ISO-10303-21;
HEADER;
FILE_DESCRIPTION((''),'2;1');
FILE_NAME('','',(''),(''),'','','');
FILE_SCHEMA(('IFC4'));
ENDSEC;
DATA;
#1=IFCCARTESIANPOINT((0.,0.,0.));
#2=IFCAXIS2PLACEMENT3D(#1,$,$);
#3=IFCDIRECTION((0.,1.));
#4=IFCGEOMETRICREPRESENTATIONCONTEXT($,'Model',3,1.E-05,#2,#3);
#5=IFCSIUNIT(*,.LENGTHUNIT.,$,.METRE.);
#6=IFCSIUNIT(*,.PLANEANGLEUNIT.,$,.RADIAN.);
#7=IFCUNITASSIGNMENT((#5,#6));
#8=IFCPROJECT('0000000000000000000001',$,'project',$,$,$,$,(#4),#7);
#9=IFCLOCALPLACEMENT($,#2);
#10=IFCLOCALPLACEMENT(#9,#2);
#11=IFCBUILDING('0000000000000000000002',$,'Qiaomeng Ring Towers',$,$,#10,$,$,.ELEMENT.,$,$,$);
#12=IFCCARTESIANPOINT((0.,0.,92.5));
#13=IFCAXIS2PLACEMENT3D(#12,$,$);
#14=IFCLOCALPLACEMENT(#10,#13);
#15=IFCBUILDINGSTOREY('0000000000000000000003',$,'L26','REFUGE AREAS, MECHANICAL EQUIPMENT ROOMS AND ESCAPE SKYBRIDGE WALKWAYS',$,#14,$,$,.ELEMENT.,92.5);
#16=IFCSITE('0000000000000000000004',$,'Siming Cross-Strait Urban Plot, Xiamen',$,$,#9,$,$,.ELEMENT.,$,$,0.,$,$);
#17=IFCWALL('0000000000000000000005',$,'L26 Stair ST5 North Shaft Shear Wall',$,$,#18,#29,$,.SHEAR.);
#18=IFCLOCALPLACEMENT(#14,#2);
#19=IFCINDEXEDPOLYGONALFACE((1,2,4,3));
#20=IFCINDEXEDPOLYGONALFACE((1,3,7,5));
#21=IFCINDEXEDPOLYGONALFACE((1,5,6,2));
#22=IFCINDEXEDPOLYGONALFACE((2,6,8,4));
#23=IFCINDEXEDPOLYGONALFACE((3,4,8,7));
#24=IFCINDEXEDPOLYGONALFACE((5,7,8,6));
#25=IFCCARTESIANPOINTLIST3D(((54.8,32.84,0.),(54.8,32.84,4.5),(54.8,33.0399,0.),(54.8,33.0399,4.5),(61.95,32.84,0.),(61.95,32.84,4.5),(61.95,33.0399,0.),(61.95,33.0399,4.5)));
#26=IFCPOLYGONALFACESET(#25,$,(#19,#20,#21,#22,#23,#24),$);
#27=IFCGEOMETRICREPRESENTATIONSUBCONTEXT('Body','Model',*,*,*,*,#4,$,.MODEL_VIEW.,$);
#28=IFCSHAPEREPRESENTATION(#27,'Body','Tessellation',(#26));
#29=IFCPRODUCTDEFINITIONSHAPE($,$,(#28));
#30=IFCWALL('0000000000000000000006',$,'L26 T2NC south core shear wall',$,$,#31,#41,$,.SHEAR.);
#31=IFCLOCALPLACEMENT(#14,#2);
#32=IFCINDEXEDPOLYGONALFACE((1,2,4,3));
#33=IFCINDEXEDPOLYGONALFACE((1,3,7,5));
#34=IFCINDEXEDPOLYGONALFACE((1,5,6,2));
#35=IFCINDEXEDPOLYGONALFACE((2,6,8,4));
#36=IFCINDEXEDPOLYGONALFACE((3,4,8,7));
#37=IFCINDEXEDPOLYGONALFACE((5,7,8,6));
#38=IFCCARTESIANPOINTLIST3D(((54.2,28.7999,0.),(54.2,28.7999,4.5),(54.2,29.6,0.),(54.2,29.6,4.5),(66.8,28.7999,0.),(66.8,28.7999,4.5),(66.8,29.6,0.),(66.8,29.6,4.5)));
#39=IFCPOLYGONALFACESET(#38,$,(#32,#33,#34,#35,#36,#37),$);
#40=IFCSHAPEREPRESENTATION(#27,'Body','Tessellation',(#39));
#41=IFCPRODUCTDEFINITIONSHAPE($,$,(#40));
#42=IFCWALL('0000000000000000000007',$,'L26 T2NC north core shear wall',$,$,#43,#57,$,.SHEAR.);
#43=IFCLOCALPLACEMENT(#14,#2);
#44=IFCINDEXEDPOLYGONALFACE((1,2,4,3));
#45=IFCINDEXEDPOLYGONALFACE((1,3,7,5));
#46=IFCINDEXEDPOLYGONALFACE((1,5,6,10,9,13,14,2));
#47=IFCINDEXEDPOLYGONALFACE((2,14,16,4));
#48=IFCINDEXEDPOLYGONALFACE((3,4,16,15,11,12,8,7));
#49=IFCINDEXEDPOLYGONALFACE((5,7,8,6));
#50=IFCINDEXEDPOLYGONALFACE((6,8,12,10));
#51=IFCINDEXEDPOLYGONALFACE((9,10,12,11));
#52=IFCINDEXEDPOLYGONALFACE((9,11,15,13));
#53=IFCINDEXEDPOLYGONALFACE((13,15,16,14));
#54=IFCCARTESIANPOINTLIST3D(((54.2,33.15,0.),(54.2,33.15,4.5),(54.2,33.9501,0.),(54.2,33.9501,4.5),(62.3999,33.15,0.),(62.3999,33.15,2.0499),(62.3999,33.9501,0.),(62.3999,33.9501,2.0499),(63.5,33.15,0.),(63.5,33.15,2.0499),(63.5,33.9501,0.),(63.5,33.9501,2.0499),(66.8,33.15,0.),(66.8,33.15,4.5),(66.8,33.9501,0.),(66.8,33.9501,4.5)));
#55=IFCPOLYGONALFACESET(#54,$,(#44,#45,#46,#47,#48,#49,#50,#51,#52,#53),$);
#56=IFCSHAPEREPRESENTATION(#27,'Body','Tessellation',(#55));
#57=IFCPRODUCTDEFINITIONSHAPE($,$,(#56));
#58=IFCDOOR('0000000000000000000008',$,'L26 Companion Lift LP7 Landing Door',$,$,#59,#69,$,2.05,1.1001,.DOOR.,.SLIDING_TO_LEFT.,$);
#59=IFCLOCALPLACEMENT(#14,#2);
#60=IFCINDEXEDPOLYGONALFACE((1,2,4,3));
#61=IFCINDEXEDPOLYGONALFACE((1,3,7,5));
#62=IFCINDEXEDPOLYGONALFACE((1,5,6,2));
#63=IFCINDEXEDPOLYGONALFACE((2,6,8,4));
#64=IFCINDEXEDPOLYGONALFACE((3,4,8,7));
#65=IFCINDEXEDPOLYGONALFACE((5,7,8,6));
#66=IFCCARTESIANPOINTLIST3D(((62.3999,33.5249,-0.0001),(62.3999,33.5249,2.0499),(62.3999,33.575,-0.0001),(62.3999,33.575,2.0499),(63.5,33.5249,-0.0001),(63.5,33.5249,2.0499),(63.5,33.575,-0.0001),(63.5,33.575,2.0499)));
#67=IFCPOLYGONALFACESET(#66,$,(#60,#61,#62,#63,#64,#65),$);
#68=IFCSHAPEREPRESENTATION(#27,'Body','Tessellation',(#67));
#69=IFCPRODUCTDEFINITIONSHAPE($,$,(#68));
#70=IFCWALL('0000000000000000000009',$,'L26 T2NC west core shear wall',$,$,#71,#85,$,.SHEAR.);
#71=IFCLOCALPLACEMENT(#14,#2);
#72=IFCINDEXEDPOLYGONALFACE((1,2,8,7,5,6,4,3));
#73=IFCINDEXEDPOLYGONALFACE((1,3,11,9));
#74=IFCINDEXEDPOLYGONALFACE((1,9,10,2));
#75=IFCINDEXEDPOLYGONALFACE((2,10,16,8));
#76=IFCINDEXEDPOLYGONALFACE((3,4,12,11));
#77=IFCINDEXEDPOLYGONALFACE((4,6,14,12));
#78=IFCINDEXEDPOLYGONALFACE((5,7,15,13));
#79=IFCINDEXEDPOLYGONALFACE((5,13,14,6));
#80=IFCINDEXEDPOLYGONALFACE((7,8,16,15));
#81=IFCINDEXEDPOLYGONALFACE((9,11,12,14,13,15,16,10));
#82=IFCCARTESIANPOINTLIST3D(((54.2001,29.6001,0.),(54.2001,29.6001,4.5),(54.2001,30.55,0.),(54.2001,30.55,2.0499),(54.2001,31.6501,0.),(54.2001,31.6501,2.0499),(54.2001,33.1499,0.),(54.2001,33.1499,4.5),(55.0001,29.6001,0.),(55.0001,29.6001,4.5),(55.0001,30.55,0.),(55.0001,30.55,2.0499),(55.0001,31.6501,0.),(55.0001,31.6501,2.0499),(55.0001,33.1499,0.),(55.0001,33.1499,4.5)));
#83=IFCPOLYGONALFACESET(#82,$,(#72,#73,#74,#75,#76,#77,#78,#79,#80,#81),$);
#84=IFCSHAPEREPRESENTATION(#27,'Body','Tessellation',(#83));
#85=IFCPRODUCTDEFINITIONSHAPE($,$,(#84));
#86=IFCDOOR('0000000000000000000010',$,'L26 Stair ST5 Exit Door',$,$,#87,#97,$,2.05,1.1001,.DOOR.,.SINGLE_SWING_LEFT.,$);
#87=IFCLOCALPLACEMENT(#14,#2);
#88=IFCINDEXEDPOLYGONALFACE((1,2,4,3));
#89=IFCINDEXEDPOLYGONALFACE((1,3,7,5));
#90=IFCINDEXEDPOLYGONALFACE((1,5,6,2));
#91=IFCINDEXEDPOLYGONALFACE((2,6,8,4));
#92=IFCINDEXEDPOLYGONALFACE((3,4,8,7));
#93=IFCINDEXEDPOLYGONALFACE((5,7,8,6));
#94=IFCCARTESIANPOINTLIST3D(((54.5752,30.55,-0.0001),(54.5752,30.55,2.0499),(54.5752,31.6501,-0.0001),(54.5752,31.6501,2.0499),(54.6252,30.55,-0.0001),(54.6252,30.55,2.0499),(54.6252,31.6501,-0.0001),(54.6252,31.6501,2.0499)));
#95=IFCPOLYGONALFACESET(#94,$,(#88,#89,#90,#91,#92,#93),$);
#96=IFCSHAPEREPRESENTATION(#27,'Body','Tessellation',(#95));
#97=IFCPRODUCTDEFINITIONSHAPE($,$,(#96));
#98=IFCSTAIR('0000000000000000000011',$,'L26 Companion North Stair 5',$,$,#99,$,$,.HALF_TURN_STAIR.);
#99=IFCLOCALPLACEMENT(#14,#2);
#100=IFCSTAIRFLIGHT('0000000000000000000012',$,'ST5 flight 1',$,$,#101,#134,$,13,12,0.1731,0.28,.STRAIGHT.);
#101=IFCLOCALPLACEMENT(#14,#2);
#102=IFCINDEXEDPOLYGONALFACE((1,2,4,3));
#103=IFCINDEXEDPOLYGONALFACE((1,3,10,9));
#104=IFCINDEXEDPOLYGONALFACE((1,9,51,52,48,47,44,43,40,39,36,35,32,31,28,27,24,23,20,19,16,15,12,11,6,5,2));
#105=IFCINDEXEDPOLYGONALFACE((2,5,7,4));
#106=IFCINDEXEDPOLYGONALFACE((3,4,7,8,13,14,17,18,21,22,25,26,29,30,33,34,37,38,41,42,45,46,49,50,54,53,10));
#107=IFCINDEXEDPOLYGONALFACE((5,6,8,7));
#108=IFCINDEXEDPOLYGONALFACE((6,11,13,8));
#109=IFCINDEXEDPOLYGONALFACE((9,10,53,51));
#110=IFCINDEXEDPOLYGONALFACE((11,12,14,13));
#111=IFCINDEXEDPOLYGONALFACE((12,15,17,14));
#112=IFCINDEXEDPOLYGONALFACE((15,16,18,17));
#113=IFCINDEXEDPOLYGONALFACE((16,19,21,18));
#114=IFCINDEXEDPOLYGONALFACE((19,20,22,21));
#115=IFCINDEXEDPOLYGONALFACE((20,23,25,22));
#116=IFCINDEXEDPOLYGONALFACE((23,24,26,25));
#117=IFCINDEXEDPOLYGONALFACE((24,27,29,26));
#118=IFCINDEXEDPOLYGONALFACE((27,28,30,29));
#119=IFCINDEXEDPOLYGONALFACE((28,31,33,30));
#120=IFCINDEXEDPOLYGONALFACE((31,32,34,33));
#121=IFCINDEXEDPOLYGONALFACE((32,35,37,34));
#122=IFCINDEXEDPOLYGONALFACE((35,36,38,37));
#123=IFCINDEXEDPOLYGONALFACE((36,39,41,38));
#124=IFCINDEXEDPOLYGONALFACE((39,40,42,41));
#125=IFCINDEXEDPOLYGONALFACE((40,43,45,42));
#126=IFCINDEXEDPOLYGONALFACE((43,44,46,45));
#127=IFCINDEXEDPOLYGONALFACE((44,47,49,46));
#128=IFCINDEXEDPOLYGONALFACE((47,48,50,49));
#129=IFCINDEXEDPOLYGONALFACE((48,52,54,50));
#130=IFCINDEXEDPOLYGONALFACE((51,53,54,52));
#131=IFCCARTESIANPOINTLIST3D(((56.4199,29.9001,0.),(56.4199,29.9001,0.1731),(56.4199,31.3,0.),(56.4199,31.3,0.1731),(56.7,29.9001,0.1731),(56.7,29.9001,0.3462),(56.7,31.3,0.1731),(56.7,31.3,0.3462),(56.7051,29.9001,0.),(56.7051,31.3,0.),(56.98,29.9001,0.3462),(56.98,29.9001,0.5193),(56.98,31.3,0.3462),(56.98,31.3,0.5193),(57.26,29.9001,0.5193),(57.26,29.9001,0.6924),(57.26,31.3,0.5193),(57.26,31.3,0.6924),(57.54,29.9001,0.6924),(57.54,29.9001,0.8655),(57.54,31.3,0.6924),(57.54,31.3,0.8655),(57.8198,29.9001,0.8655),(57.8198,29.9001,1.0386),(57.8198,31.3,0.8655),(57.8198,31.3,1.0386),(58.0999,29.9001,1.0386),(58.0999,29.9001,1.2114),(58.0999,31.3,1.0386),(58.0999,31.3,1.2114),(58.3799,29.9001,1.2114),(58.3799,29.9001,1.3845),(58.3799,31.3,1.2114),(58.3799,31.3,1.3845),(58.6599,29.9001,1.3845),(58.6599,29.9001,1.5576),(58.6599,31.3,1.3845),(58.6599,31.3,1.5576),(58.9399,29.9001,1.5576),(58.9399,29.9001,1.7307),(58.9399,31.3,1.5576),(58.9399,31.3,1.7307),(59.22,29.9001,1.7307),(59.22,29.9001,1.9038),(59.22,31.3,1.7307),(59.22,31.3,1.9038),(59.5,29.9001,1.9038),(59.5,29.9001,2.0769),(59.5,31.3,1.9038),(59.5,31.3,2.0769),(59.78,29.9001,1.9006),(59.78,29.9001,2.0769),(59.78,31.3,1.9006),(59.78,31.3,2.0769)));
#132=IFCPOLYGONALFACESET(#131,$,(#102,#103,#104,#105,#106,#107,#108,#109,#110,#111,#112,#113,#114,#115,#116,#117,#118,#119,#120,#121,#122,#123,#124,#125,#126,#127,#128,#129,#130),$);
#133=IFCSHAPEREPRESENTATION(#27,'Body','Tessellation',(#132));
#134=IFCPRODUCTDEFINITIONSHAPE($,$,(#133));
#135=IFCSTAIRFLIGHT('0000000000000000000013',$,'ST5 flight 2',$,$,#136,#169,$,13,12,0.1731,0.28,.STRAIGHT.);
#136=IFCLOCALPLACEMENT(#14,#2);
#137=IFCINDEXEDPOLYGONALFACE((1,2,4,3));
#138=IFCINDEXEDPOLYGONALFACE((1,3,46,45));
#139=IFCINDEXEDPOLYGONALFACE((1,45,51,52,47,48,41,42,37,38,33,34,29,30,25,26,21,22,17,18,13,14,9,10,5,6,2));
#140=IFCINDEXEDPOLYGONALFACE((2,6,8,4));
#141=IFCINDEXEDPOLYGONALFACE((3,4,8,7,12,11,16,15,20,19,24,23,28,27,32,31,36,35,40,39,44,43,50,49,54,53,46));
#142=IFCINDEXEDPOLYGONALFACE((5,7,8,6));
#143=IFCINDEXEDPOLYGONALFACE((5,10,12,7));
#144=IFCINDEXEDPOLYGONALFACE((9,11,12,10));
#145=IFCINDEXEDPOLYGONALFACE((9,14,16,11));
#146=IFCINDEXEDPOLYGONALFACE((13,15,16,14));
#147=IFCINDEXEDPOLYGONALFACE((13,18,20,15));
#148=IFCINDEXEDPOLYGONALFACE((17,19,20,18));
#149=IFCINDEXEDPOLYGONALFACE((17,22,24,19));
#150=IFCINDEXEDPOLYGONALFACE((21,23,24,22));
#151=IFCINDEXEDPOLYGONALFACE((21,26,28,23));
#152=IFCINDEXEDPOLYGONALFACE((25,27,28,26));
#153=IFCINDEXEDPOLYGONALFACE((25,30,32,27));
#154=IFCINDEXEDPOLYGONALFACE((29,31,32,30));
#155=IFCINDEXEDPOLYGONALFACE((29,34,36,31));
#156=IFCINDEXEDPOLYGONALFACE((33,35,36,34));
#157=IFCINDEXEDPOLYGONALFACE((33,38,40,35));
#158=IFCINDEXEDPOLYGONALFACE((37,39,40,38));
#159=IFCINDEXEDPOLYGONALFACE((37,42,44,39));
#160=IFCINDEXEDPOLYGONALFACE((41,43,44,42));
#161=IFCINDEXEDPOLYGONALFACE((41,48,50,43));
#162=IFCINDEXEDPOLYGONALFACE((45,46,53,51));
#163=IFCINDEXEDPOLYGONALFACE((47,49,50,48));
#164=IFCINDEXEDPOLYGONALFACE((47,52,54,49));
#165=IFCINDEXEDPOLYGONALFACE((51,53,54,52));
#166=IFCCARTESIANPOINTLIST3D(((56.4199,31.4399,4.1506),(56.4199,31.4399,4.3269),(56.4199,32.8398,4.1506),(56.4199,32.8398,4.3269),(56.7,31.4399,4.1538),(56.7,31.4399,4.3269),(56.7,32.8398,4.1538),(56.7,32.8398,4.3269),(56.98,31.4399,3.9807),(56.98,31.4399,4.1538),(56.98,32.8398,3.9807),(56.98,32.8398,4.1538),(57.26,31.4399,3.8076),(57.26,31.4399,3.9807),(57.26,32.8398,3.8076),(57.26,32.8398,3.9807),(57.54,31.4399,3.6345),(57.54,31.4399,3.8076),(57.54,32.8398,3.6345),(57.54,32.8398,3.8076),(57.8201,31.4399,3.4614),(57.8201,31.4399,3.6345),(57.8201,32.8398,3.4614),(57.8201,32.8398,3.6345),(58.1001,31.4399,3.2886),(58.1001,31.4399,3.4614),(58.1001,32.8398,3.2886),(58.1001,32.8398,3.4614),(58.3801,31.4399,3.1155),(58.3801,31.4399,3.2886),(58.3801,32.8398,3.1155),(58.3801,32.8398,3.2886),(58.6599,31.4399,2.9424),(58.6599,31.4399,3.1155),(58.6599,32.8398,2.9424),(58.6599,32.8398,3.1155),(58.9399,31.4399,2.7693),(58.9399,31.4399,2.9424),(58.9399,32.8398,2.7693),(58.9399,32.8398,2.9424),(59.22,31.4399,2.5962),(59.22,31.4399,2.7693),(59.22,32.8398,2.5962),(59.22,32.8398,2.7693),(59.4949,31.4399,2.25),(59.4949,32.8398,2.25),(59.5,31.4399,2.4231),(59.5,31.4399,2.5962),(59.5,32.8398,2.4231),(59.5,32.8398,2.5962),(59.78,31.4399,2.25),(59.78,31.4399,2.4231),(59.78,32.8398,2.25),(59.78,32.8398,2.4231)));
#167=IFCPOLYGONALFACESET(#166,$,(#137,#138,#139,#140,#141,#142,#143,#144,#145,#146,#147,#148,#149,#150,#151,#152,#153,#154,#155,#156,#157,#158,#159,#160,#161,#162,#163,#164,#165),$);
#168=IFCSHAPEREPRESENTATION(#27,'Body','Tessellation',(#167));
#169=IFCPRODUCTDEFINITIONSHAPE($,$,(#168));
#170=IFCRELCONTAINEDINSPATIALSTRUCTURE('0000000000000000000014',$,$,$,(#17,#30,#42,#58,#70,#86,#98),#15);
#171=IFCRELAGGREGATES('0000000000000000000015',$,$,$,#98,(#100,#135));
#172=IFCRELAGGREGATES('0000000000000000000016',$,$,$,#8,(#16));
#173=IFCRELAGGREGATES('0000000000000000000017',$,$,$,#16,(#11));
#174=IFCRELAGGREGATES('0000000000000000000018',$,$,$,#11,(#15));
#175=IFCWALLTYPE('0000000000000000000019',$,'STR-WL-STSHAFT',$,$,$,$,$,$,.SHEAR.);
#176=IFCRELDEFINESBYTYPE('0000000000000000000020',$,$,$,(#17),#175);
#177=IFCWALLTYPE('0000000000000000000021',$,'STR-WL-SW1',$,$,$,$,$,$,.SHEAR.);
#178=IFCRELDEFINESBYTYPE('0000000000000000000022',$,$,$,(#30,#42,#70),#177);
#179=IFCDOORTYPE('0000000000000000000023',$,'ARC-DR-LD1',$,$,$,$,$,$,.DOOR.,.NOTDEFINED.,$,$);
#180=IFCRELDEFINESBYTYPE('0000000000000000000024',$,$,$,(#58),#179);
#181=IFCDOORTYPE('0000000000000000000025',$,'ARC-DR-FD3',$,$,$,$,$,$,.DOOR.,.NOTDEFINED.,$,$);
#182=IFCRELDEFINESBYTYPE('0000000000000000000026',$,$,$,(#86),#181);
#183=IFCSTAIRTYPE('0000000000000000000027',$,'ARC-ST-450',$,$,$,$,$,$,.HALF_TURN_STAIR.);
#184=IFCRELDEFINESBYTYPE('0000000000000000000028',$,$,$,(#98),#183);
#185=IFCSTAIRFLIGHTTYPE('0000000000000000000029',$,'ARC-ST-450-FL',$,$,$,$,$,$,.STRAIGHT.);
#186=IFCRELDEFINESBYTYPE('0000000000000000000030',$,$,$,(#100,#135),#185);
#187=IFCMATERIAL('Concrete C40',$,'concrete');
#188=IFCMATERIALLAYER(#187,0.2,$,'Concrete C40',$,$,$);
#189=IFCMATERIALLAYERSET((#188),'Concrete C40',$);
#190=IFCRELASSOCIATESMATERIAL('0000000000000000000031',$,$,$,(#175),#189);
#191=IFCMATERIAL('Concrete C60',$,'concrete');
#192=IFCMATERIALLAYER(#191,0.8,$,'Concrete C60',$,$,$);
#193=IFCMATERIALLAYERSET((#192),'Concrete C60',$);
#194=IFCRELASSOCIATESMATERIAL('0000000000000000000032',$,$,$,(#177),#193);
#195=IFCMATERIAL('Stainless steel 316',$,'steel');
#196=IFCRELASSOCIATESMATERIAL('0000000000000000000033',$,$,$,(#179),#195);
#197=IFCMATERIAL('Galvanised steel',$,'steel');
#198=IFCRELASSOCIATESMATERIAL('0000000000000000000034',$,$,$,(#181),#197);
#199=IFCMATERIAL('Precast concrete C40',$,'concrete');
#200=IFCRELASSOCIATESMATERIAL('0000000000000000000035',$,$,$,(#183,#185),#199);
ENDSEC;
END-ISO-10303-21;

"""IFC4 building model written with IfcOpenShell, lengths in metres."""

from ifc_helpers import new_model, si_unit, direction, frame, frame_2d, origin, place, context, subcontext, project, spatial, polyline, rectangle, outline, extrude, source, transform, mapped, material, layer, layer_set, type_object, element, fill, aggregate, save


model = new_model("IFC4")

# Units and contexts
model_context = context("Model", 3, precision=1e-05, world=origin(), true_north=direction((0.0, 1.0)))
body_context = subcontext(model_context, "Body", "Model", "MODEL_VIEW")
ifc_project = project(units=[si_unit("LENGTHUNIT", "METRE"), si_unit("PLANEANGLEUNIT", "RADIAN")], contexts=[model_context])

# Site, building, storey
site_placement = place(None, origin())
site = spatial("IfcSite", under=ifc_project, at=site_placement, Name="Siming Cross-Strait Urban Plot, Xiamen", CompositionType="ELEMENT", RefElevation=0.0)
building_placement = place(site_placement, origin())
building = spatial("IfcBuilding", under=site, at=building_placement, Name="Qiaomeng Ring Towers", CompositionType="ELEMENT")
storey_placement = place(building_placement, frame((0.0, 0.0, 92.5)))
storey = spatial("IfcBuildingStorey", under=building, at=storey_placement, Name="L26", Description="REFUGE AREAS, MECHANICAL EQUIPMENT ROOMS AND ESCAPE SKYBRIDGE WALKWAYS", CompositionType="ELEMENT", Elevation=92.5)

# Walls
ifc_material_1 = material(Name="Concrete C40", Category="concrete")
ifc_layer_1 = layer(ifc_material_1, 0.2, Name="Concrete C40")
ifc_layer_set_1 = layer_set([ifc_layer_1], Name="Concrete C40")
wall_type_1 = type_object("IfcWallType", Name="STR-WL-STSHAFT", PredefinedType="SHEAR", material=ifc_layer_set_1)
for number, where, z_axis, x_axis, name in (
    (1, (54.8, 32.9399, 0.0), (0.0, 0.0, 1.0), (1.0, 0.0, 0.0), "L26 Stair ST5 North Shaft Shear Wall"),
):
    element("IfcWall", number, at=place(storey_placement, frame(where, z_axis=z_axis, x_axis=x_axis)), inside=storey, type_object=wall_type_1, Name=name, PredefinedType="SHEAR", context=body_context, shape_type="SweptSolid", body=[
        extrude(rectangle(XDim=7.1499, YDim=0.2, at=frame_2d((3.575, 0.0))), origin(), (0.0, 0.0, 1.0), 4.5),
    ])
ifc_material_2 = material(Name="Concrete C60", Category="concrete")
ifc_layer_2 = layer(ifc_material_2, 0.8, Name="Concrete C60")
ifc_layer_set_2 = layer_set([ifc_layer_2], Name="Concrete C60")
wall_type_2 = type_object("IfcWallType", Name="STR-WL-SW1", PredefinedType="SHEAR", material=ifc_layer_set_2)
wall_1_placement = place(storey_placement, frame((54.2, 29.2, 0.0), z_axis=(0.0, 0.0, 1.0), x_axis=(1.0, 0.0, 0.0)))
element("IfcWall", 2, at=wall_1_placement, inside=storey, type_object=wall_type_2, Name="L26 T2NC south core shear wall", PredefinedType="SHEAR", context=body_context, shape_type="SweptSolid", body=[
    extrude(rectangle(XDim=12.6001, YDim=0.8, at=frame_2d((6.3, 0.0))), origin(), (0.0, 0.0, 1.0), 4.5),
])

# Walls, openings, doors
wall_2_placement = place(storey_placement, frame((54.2, 33.55, 0.0), z_axis=(0.0, 0.0, 1.0), x_axis=(1.0, 0.0, 0.0)))
wall_2 = element("IfcWall", 3, at=wall_2_placement, inside=storey, type_object=wall_type_2, Name="L26 T2NC north core shear wall", PredefinedType="SHEAR", context=body_context, shape_type="SweptSolid", body=[
    extrude(rectangle(XDim=12.6001, YDim=0.8, at=frame_2d((6.3, 0.0))), origin(), (0.0, 0.0, 1.0), 4.5),
])
opening_1_placement = place(wall_2_placement, frame((8.2, 0.0, 0.0)))
opening_1 = element("IfcOpeningElement", 4, at=opening_1_placement, cuts=wall_2, PredefinedType="OPENING", context=body_context, shape_type="SweptSolid", body=[
    extrude(rectangle(XDim=1.1001, YDim=2.05, at=frame_2d((0.55, 1.0249))), frame((0.0, 0.4099, 0.0), z_axis=(0.0, -1.0, 0.0), x_axis=(1.0, 0.0, 0.0)), (0.0, 0.0, 1.0), 0.8201),
])
ifc_material_3 = material(Name="Stainless steel 316", Category="steel")
door_type_1 = type_object("IfcDoorType", Name="ARC-DR-LD1", OperationType="NOTDEFINED", PredefinedType="DOOR", material=ifc_material_3)
shared_shape_1 = source(origin(), body_context, "Body", "SweptSolid", [
    extrude(rectangle(XDim=1.1001, YDim=2.05, at=frame_2d((0.55, 1.0249))), frame((0.0, 0.0249, 0.0), z_axis=(0.0, -1.0, 0.0), x_axis=(1.0, 0.0, 0.0)), (0.0, 0.0, 1.0), 0.05),
])
door_1_placement = place(opening_1_placement, origin())
door_1 = element("IfcDoor", 5, at=door_1_placement, inside=storey, type_object=door_type_1, Name="L26 Companion Lift LP7 Landing Door", OperationType="SLIDING_TO_LEFT", OverallHeight=2.05, OverallWidth=1.1001, PredefinedType="DOOR", context=body_context, shape_type="MappedRepresentation", body=[
    mapped(shared_shape_1, transform((0.0, 0.0, 0.0), x_axis=(1.0, 0.0, 0.0), y_axis=(0.0, 1.0, 0.0), z_axis=(0.0, 0.0, 1.0), scale=1.0)),
])
fill(opening_1, door_1)
wall_3_placement = place(storey_placement, frame((54.6001, 29.6001, 0.0), z_axis=(0.0, 0.0, 1.0), x_axis=(0.0, 1.0, 0.0)))
wall_3 = element("IfcWall", 6, at=wall_3_placement, inside=storey, type_object=wall_type_2, Name="L26 T2NC west core shear wall", PredefinedType="SHEAR", context=body_context, shape_type="SweptSolid", body=[
    extrude(rectangle(XDim=3.5498, YDim=0.8, at=frame_2d((1.7749, 0.0))), origin(), (0.0, 0.0, 1.0), 4.5),
])
opening_2_placement = place(wall_3_placement, frame((0.95, 0.0, 0.0)))
opening_2 = element("IfcOpeningElement", 7, at=opening_2_placement, cuts=wall_3, PredefinedType="OPENING", context=body_context, shape_type="SweptSolid", body=[
    extrude(rectangle(XDim=1.1001, YDim=2.05, at=frame_2d((0.55, 1.0249))), frame((0.0, 0.4099, 0.0), z_axis=(0.0, -1.0, 0.0), x_axis=(1.0, 0.0, 0.0)), (0.0, 0.0, 1.0), 0.8201),
])
ifc_material_4 = material(Name="Galvanised steel", Category="steel")
door_type_2 = type_object("IfcDoorType", Name="ARC-DR-FD3", OperationType="NOTDEFINED", PredefinedType="DOOR", material=ifc_material_4)
door_2_placement = place(opening_2_placement, origin())
door_2 = element("IfcDoor", 8, at=door_2_placement, inside=storey, type_object=door_type_2, Name="L26 Stair ST5 Exit Door", OperationType="SINGLE_SWING_LEFT", OverallHeight=2.05, OverallWidth=1.1001, PredefinedType="DOOR", context=body_context, shape_type="MappedRepresentation", body=[
    mapped(shared_shape_1, transform((0.0, 0.0, 0.0), x_axis=(1.0, 0.0, 0.0), y_axis=(0.0, 1.0, 0.0), z_axis=(0.0, 0.0, 1.0), scale=1.0)),
])
fill(opening_2, door_2)

# Stair, stair flights
ifc_material_5 = material(Name="Precast concrete C40", Category="concrete")
stair_type = type_object("IfcStairType", Name="ARC-ST-450", PredefinedType="HALF_TURN_STAIR", material=ifc_material_5)
stair_placement = place(storey_placement, origin())
stair = element("IfcStair", 9, at=stair_placement, inside=storey, type_object=stair_type, Name="L26 Companion North Stair 5", PredefinedType="HALF_TURN_STAIR")
stair_flight_type = type_object("IfcStairFlightType", Name="ARC-ST-450-FL", PredefinedType="STRAIGHT", material=ifc_material_5)
shared_shape_2 = source(origin(), body_context, "Body", "SweptSolid", [
    extrude(outline(polyline([(0.0, 0.0), (0.0, 0.1731), (0.28, 0.1731), (0.28, 0.3462), (0.5601, 0.3462), (0.5601, 0.5193), (0.8401, 0.5193), (0.8401, 0.6924), (1.1201, 0.6924), (1.1201, 0.8655), (1.3999, 0.8655), (1.3999, 1.0386), (1.6799, 1.0386), (1.6799, 1.2114), (1.96, 1.2114), (1.96, 1.3845), (2.24, 1.3845), (2.24, 1.5576), (2.52, 1.5576), (2.52, 1.7307), (2.8, 1.7307), (2.8, 1.9038), (3.0801, 1.9038), (3.0801, 2.0769), (3.3601, 2.0769), (3.3601, 2.25), (3.3601, 1.9006), (0.2852, 0.0), (0.0, 0.0)])), frame((0.0, 0.7, 0.0), z_axis=(0.0, -1.0, 0.0), x_axis=(1.0, 0.0, 0.0)), (0.0, 0.0, 1.0), 1.3999),
])
stair_flight_1_placement = place(storey_placement, frame((56.4199, 30.6001, 0.0), z_axis=(0.0, 0.0, 1.0), x_axis=(1.0, 0.0, 0.0)))
stair_flight_1 = element("IfcStairFlight", 10, at=stair_flight_1_placement, type_object=stair_flight_type, Name="ST5 flight 1", NumberOfRisers=13, NumberOfTreads=12, PredefinedType="STRAIGHT", RiserHeight=0.1731, TreadLength=0.28, context=body_context, shape_type="MappedRepresentation", body=[
    mapped(shared_shape_2, transform((0.0, 0.0, 0.0), x_axis=(1.0, 0.0, 0.0), y_axis=(0.0, 1.0, 0.0), z_axis=(0.0, 0.0, 1.0), scale=1.0)),
])
stair_flight_2_placement = place(storey_placement, frame((59.78, 32.1399, 2.25), z_axis=(0.0, 0.0, 1.0), x_axis=(-1.0, 0.0, 0.0)))
stair_flight_2 = element("IfcStairFlight", 11, at=stair_flight_2_placement, type_object=stair_flight_type, Name="ST5 flight 2", NumberOfRisers=13, NumberOfTreads=12, PredefinedType="STRAIGHT", RiserHeight=0.1731, TreadLength=0.28, context=body_context, shape_type="MappedRepresentation", body=[
    mapped(shared_shape_2, transform((0.0, 0.0, 0.0), x_axis=(1.0, 0.0, 0.0), y_axis=(0.0, 1.0, 0.0), z_axis=(0.0, 0.0, 1.0), scale=1.0)),
])
aggregate(stair, [stair_flight_1, stair_flight_2])

save(model, "model.ifc")
